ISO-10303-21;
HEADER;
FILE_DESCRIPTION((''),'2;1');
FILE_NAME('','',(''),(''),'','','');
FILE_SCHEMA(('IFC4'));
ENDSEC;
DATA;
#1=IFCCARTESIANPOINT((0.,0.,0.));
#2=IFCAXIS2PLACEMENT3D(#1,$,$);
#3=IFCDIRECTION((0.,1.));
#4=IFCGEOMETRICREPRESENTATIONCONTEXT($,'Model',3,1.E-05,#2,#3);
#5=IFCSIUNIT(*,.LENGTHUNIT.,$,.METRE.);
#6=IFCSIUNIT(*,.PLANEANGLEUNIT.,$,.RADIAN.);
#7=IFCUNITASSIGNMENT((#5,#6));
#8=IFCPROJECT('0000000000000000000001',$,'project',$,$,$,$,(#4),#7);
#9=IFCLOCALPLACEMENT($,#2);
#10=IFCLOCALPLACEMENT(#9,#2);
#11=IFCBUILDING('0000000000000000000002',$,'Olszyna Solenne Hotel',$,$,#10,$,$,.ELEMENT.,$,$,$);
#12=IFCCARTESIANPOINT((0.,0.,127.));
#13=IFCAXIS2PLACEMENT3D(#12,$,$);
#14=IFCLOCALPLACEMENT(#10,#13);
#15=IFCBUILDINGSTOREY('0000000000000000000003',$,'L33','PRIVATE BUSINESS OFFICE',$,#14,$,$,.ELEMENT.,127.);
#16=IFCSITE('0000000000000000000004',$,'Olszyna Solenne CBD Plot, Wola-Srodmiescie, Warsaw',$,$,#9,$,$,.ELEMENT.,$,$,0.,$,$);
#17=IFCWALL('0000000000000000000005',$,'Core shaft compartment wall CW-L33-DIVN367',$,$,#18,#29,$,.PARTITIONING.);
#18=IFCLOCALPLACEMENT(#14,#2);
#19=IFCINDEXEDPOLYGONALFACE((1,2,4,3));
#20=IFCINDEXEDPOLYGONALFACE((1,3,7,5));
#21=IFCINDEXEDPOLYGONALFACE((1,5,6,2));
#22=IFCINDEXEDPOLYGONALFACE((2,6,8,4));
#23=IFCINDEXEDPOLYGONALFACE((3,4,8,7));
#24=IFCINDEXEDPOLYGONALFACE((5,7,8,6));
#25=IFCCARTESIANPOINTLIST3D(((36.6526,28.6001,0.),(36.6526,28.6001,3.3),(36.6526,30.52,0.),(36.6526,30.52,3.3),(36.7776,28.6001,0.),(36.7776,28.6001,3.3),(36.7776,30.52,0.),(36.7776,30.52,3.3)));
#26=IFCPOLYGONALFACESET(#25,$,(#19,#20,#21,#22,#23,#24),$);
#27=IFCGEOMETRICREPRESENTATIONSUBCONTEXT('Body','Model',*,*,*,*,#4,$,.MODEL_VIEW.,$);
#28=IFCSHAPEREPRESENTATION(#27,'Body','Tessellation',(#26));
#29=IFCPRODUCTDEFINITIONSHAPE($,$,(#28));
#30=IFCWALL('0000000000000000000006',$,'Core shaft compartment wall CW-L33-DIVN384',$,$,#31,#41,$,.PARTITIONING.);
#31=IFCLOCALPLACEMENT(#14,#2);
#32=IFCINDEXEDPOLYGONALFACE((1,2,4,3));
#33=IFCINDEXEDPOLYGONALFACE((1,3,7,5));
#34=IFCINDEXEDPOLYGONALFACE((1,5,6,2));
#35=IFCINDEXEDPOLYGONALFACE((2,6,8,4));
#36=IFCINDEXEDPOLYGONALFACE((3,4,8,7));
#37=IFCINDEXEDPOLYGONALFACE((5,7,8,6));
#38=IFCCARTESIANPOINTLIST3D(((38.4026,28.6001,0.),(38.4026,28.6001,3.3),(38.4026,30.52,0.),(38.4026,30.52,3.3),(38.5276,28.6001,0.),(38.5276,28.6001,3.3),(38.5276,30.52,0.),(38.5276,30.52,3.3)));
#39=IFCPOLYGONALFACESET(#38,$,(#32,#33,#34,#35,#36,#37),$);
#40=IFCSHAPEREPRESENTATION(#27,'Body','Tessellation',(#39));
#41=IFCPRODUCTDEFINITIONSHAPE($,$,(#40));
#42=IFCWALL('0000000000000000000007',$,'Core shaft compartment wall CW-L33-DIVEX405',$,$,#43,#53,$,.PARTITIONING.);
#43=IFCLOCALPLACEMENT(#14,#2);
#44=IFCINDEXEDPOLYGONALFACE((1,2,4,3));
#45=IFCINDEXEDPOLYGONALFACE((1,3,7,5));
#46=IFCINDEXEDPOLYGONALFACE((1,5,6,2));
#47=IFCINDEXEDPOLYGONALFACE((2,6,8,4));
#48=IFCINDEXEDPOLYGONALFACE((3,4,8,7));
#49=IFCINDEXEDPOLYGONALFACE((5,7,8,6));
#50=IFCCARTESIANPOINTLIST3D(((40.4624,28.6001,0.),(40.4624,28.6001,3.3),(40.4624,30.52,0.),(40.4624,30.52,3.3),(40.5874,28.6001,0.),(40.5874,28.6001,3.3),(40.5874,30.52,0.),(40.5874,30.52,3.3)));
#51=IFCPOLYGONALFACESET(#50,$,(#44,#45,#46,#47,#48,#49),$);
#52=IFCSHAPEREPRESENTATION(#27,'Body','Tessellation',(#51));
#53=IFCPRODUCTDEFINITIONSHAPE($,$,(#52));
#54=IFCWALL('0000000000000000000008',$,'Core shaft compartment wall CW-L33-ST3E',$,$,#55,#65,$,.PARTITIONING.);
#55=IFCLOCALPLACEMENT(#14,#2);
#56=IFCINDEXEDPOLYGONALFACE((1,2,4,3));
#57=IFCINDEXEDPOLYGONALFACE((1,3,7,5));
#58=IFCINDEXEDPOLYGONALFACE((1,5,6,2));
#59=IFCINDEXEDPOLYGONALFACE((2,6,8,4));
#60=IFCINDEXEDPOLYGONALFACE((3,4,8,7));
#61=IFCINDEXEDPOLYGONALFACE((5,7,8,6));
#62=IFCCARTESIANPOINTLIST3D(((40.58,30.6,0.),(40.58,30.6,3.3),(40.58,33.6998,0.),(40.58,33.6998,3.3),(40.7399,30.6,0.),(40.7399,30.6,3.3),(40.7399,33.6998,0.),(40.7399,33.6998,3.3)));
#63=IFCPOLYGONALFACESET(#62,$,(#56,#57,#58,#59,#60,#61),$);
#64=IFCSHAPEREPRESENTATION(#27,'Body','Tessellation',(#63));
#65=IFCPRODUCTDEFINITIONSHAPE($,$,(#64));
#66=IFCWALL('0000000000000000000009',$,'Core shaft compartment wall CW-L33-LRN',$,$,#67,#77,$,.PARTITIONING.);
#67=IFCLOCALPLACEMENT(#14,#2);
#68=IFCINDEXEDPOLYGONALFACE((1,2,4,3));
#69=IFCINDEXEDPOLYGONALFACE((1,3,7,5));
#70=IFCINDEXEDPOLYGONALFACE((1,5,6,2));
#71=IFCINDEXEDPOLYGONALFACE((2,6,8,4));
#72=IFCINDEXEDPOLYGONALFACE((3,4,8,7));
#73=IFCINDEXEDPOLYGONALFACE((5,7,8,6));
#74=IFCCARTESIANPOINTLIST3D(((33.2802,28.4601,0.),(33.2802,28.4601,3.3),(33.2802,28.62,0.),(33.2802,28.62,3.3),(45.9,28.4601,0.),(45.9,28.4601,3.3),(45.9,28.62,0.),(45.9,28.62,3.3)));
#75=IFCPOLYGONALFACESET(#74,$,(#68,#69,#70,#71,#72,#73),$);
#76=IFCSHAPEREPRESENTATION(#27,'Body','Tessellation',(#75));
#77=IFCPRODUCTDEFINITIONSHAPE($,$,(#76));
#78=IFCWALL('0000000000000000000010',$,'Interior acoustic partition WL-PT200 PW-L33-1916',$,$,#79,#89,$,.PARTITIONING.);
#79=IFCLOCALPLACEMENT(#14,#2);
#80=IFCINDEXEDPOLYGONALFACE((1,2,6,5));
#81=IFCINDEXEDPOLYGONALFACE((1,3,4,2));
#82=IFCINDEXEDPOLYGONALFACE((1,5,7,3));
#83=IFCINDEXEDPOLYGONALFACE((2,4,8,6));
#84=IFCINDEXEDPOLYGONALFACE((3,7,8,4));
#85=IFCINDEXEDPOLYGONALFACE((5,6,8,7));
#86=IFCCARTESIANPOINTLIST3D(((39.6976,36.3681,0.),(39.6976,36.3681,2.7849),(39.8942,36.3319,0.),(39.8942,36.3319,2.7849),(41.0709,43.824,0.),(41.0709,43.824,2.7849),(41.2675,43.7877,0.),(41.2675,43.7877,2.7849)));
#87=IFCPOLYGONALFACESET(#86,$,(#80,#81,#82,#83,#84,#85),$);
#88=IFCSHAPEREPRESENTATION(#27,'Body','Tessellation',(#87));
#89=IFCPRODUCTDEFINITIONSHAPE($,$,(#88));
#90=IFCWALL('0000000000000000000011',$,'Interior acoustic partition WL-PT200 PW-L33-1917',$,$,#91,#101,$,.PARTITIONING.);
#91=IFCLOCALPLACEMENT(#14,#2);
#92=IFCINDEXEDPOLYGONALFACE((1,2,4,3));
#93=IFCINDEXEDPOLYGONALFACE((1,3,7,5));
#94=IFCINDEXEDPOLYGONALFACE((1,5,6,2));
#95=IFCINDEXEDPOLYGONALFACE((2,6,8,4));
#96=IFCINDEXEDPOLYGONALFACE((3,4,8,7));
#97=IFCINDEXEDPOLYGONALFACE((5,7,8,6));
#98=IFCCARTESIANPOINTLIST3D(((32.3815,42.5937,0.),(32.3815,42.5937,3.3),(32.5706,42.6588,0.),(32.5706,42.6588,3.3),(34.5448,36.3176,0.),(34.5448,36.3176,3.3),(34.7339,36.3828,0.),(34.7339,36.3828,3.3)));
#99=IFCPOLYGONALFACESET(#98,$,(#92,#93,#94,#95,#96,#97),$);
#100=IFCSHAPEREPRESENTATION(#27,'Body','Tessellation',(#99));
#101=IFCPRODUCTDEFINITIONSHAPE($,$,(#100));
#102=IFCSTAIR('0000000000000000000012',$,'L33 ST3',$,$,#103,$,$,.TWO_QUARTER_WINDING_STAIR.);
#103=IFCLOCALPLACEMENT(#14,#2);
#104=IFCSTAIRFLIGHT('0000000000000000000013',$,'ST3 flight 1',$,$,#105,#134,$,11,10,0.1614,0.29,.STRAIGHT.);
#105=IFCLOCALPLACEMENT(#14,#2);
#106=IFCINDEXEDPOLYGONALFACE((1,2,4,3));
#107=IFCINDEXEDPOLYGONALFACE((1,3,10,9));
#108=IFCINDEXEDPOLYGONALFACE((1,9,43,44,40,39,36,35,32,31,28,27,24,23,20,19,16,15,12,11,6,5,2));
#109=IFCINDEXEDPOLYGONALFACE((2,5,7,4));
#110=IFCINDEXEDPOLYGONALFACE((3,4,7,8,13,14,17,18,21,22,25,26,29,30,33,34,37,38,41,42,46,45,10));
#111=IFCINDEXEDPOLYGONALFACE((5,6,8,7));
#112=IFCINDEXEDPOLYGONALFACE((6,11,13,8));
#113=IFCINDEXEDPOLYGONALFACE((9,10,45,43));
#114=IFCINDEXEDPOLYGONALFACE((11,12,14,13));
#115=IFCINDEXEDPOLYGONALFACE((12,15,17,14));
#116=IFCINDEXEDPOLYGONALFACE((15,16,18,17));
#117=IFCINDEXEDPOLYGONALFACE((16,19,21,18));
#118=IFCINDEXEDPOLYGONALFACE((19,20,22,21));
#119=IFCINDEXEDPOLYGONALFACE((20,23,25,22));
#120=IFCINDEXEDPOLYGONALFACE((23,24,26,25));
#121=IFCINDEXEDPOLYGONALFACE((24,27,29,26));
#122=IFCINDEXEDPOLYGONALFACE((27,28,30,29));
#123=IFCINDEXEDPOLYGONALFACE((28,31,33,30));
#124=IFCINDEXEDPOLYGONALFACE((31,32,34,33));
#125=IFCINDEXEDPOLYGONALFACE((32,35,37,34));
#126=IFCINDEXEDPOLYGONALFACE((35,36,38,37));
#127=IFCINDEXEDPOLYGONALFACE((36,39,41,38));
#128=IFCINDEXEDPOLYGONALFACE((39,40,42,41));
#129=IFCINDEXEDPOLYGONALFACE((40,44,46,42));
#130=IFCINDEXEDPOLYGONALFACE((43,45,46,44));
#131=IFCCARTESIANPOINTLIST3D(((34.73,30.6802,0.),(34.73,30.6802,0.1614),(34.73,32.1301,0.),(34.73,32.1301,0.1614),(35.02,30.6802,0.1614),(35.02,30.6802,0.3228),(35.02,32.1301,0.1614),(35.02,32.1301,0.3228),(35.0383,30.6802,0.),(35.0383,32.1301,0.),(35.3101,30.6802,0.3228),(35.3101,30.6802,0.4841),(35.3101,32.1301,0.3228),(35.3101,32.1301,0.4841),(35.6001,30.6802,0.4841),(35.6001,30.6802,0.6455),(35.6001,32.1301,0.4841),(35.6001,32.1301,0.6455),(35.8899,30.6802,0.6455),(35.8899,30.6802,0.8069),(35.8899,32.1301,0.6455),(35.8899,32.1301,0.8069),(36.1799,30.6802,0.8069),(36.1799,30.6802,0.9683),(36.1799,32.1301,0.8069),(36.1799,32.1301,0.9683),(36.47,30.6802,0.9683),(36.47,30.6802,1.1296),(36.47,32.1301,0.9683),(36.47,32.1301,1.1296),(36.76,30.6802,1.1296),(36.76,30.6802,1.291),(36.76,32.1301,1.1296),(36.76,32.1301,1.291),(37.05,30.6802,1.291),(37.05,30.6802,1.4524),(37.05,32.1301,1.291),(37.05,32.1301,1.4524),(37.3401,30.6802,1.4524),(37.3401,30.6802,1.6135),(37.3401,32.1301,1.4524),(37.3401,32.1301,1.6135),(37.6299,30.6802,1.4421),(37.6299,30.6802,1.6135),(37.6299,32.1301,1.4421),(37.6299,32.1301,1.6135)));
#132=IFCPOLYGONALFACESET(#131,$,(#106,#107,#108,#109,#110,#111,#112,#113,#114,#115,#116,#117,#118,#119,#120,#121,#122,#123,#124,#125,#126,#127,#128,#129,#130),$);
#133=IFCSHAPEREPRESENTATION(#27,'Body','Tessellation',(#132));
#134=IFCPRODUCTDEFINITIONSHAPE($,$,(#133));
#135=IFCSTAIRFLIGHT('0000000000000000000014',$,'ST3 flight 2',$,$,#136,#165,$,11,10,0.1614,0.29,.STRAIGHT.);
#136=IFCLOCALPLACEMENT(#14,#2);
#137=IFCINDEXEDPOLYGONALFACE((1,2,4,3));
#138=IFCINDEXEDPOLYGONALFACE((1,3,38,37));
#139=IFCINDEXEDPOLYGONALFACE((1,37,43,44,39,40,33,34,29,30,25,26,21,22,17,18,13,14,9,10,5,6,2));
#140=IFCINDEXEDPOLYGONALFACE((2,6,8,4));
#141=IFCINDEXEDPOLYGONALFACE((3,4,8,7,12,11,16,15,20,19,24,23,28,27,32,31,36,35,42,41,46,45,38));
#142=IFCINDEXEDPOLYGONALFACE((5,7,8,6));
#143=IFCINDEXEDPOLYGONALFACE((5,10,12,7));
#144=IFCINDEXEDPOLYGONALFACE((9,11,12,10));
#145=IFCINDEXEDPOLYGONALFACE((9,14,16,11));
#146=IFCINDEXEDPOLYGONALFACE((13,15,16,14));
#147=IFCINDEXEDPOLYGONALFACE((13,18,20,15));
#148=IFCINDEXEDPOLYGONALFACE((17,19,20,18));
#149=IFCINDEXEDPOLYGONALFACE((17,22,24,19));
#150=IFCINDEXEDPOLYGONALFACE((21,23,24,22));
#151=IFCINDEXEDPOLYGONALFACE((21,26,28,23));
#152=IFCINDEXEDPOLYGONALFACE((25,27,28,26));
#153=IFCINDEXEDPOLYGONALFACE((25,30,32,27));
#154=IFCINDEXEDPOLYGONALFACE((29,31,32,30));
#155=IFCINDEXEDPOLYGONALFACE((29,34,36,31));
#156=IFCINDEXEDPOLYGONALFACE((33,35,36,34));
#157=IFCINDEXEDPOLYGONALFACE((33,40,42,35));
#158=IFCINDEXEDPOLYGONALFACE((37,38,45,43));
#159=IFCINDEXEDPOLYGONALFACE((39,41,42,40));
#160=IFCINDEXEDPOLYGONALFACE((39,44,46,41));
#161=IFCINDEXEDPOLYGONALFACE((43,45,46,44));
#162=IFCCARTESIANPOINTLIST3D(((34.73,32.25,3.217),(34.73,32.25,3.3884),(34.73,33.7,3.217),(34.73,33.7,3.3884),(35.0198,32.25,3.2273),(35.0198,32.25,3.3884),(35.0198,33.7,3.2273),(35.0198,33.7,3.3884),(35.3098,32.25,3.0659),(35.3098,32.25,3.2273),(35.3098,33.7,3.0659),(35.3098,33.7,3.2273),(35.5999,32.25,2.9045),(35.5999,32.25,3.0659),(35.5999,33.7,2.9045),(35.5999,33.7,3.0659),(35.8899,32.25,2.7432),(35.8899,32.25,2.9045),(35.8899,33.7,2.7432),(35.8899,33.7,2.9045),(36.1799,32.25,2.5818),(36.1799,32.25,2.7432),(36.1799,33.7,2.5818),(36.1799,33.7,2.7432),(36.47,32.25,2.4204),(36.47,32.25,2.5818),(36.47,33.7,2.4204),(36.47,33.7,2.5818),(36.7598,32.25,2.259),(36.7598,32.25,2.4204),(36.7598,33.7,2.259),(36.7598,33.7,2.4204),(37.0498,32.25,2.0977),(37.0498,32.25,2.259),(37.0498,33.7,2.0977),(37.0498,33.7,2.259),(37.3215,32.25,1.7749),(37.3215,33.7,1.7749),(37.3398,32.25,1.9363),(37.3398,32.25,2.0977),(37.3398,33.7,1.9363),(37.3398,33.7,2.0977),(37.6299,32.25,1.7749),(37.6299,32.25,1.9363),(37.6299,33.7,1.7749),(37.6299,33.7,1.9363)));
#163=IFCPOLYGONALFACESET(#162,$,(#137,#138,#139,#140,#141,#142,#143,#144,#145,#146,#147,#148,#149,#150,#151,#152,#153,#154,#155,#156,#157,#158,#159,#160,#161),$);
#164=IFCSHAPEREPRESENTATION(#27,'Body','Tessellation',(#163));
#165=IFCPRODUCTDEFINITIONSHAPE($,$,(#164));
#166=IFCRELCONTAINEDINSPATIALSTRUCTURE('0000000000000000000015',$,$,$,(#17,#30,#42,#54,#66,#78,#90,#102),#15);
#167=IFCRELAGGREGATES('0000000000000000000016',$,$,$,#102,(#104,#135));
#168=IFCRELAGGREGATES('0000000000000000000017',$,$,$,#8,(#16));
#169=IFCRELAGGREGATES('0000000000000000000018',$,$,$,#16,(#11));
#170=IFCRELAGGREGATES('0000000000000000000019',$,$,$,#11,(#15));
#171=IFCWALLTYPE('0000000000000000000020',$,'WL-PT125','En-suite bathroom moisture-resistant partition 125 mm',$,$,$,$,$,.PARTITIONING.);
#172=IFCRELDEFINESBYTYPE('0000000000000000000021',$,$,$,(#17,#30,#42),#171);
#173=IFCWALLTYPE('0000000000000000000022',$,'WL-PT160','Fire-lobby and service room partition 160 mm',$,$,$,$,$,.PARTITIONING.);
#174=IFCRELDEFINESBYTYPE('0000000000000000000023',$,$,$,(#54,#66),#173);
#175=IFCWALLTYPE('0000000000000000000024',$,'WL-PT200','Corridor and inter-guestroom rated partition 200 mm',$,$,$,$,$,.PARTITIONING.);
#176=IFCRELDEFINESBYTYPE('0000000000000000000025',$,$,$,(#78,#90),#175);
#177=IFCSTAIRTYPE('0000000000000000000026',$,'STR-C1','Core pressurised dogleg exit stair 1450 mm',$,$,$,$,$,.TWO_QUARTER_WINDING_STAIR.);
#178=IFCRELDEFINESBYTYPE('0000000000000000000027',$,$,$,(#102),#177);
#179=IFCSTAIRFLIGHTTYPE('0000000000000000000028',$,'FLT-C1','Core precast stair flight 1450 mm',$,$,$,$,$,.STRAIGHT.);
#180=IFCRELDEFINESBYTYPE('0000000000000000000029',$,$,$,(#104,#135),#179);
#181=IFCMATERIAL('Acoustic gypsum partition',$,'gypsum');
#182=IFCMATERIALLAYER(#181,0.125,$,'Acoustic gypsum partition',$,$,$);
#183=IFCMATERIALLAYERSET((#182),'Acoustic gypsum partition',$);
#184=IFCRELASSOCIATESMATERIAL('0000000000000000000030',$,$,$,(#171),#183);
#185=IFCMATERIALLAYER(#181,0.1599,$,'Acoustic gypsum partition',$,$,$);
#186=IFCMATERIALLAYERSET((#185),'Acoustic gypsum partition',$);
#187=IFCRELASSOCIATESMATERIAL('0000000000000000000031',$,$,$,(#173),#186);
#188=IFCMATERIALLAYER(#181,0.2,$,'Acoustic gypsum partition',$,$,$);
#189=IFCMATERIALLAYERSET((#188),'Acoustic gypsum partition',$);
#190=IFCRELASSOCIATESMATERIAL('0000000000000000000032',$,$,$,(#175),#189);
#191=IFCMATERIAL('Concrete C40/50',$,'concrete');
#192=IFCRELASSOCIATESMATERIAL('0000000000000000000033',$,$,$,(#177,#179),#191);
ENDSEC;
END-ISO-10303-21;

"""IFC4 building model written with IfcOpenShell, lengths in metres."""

from ifc_helpers import new_model, si_unit, direction, frame, frame_2d, origin, place, context, subcontext, project, spatial, polyline, rectangle, outline, extrude, material, layer, layer_set, type_object, element, aggregate, save


model = new_model("IFC4")

# Units and contexts
model_context = context("Model", 3, precision=1e-05, world=origin(), true_north=direction((0.0, 1.0)))
body_context = subcontext(model_context, "Body", "Model", "MODEL_VIEW")
ifc_project = project(units=[si_unit("LENGTHUNIT", "METRE"), si_unit("PLANEANGLEUNIT", "RADIAN")], contexts=[model_context])

# Site, building, storey
site_placement = place(None, origin())
site = spatial("IfcSite", under=ifc_project, at=site_placement, Name="Olszyna Solenne CBD Plot, Wola-Srodmiescie, Warsaw", CompositionType="ELEMENT", RefElevation=0.0)
building_placement = place(site_placement, origin())
building = spatial("IfcBuilding", under=site, at=building_placement, Name="Olszyna Solenne Hotel", CompositionType="ELEMENT")
storey_placement = place(building_placement, frame((0.0, 0.0, 127.0)))
storey = spatial("IfcBuildingStorey", under=building, at=storey_placement, Name="L33", Description="PRIVATE BUSINESS OFFICE", CompositionType="ELEMENT", Elevation=127.0)

# Walls
ifc_material_1 = material(Name="Acoustic gypsum partition", Category="gypsum")
ifc_layer_1 = layer(ifc_material_1, 0.125, Name="Acoustic gypsum partition")
ifc_layer_set_1 = layer_set([ifc_layer_1], Name="Acoustic gypsum partition")
wall_type_1 = type_object("IfcWallType", Name="WL-PT125", Description="En-suite bathroom moisture-resistant partition 125 mm", PredefinedType="PARTITIONING", material=ifc_layer_set_1)
for number, where, z_axis, x_axis, name in (
    (1, (36.7151, 28.6001, 0.0), (0.0, 0.0, 1.0), (0.0, 1.0, 0.0), "Core shaft compartment wall CW-L33-DIVN367"),
    (2, (38.4651, 28.6001, 0.0), (0.0, 0.0, 1.0), (0.0, 1.0, 0.0), "Core shaft compartment wall CW-L33-DIVN384"),
    (3, (40.5249, 28.6001, 0.0), (0.0, 0.0, 1.0), (0.0, 1.0, 0.0), "Core shaft compartment wall CW-L33-DIVEX405"),
):
    element("IfcWall", number, at=place(storey_placement, frame(where, z_axis=z_axis, x_axis=x_axis)), inside=storey, type_object=wall_type_1, Name=name, PredefinedType="PARTITIONING", context=body_context, shape_type="SweptSolid", body=[
        extrude(rectangle(XDim=1.9199, YDim=0.125, at=frame_2d((0.96, 0.0))), origin(), (0.0, 0.0, 1.0), 3.3),
    ])
ifc_layer_2 = layer(ifc_material_1, 0.1599, Name="Acoustic gypsum partition")
ifc_layer_set_2 = layer_set([ifc_layer_2], Name="Acoustic gypsum partition")
wall_type_2 = type_object("IfcWallType", Name="WL-PT160", Description="Fire-lobby and service room partition 160 mm", PredefinedType="PARTITIONING", material=ifc_layer_set_2)
wall_1_placement = place(storey_placement, frame((40.6599, 30.6001, 0.0), z_axis=(0.0, 0.0, 1.0), x_axis=(0.0, 1.0, 0.0)))
element("IfcWall", 4, at=wall_1_placement, inside=storey, type_object=wall_type_2, Name="Core shaft compartment wall CW-L33-ST3E", PredefinedType="PARTITIONING", context=body_context, shape_type="SweptSolid", body=[
    extrude(rectangle(XDim=3.0999, YDim=0.1599, at=frame_2d((1.5498, 0.0))), origin(), (0.0, 0.0, 1.0), 3.3),
])
wall_2_placement = place(storey_placement, frame((33.28, 28.54, 0.0), z_axis=(0.0, 0.0, 1.0), x_axis=(1.0, 0.0, 0.0)))
element("IfcWall", 5, at=wall_2_placement, inside=storey, type_object=wall_type_2, Name="Core shaft compartment wall CW-L33-LRN", PredefinedType="PARTITIONING", context=body_context, shape_type="SweptSolid", body=[
    extrude(rectangle(XDim=12.6199, YDim=0.1599, at=frame_2d((6.3101, 0.0))), origin(), (0.0, 0.0, 1.0), 3.3),
])
ifc_layer_3 = layer(ifc_material_1, 0.2, Name="Acoustic gypsum partition")
ifc_layer_set_3 = layer_set([ifc_layer_3], Name="Acoustic gypsum partition")
wall_type_3 = type_object("IfcWallType", Name="WL-PT200", Description="Corridor and inter-guestroom rated partition 200 mm", PredefinedType="PARTITIONING", material=ifc_layer_set_3)
wall_3_placement = place(storey_placement, frame((39.7959, 36.3501, 0.0), z_axis=(0.0, 0.0, 1.0), x_axis=(0.181144, 0.983457, 0.0)))
element("IfcWall", 6, at=wall_3_placement, inside=storey, type_object=wall_type_3, Name="Interior acoustic partition WL-PT200 PW-L33-1916", PredefinedType="PARTITIONING", context=body_context, shape_type="SweptSolid", body=[
    extrude(rectangle(XDim=7.5813, YDim=0.2, at=frame_2d((3.7905, 0.0))), origin(), (0.0, 0.0, 1.0), 2.7849),
])
wall_4_placement = place(storey_placement, frame((34.6394, 36.3501, 0.0), z_axis=(0.0, 0.0, 1.0), x_axis=(-0.325876, 0.945412, 0.0)))
element("IfcWall", 7, at=wall_4_placement, inside=storey, type_object=wall_type_3, Name="Interior acoustic partition WL-PT200 PW-L33-1917", PredefinedType="PARTITIONING", context=body_context, shape_type="SweptSolid", body=[
    extrude(rectangle(XDim=6.6384, YDim=0.2, at=frame_2d((3.3193, 0.0))), origin(), (0.0, 0.0, 1.0), 3.3),
])

# Stair, stair flights
ifc_material_2 = material(Name="Concrete C40/50", Category="concrete")
stair_type = type_object("IfcStairType", Name="STR-C1", Description="Core pressurised dogleg exit stair 1450 mm", PredefinedType="TWO_QUARTER_WINDING_STAIR", material=ifc_material_2)
stair_placement = place(storey_placement, origin())
stair = element("IfcStair", 8, at=stair_placement, inside=storey, type_object=stair_type, Name="L33 ST3", PredefinedType="TWO_QUARTER_WINDING_STAIR")
stair_flight_type = type_object("IfcStairFlightType", Name="FLT-C1", Description="Core precast stair flight 1450 mm", PredefinedType="STRAIGHT", material=ifc_material_2)
stair_flight_1_placement = place(storey_placement, frame((34.73, 31.405, 0.0), z_axis=(0.0, 0.0, 1.0), x_axis=(1.0, 0.0, 0.0)))
stair_flight_1 = element("IfcStairFlight", 9, at=stair_flight_1_placement, type_object=stair_flight_type, Name="ST3 flight 1", NumberOfRisers=11, NumberOfTreads=10, PredefinedType="STRAIGHT", RiserHeight=0.1614, TreadLength=0.29, context=body_context, shape_type="SweptSolid", body=[
    extrude(outline(polyline([(0.0, 0.0), (0.0, 0.1614), (0.29, 0.1614), (0.29, 0.3228), (0.5801, 0.3228), (0.5801, 0.4841), (0.8701, 0.4841), (0.8701, 0.6455), (1.1599, 0.6455), (1.1599, 0.8069), (1.45, 0.8069), (1.45, 0.9683), (1.74, 0.9683), (1.74, 1.1296), (2.03, 1.1296), (2.03, 1.291), (2.3201, 1.291), (2.3201, 1.4524), (2.6101, 1.4524), (2.6101, 1.6135), (2.8999, 1.6135), (2.8999, 1.7749), (2.8999, 1.4421), (0.3083, 0.0), (0.0, 0.0)])), frame((0.0, 0.7251, 0.0), z_axis=(0.0, -1.0, 0.0), x_axis=(1.0, 0.0, 0.0)), (0.0, 0.0, 1.0), 1.45),
])
stair_flight_2_placement = place(storey_placement, frame((37.6299, 32.9751, 1.7749), z_axis=(0.0, 0.0, 1.0), x_axis=(-1.0, 0.0, 0.0)))
stair_flight_2 = element("IfcStairFlight", 10, at=stair_flight_2_placement, type_object=stair_flight_type, Name="ST3 flight 2", NumberOfRisers=11, NumberOfTreads=10, PredefinedType="STRAIGHT", RiserHeight=0.1614, TreadLength=0.29, context=body_context, shape_type="SweptSolid", body=[
    extrude(outline(polyline([(0.0, 0.0), (0.0, 0.1614), (0.29, 0.1614), (0.29, 0.3228), (0.5801, 0.3228), (0.5801, 0.4841), (0.8701, 0.4841), (0.8701, 0.6455), (1.1599, 0.6455), (1.1599, 0.8069), (1.45, 0.8069), (1.45, 0.9683), (1.74, 0.9683), (1.74, 1.1296), (2.03, 1.1296), (2.03, 1.291), (2.3201, 1.291), (2.3201, 1.4524), (2.6101, 1.4524), (2.6101, 1.6135), (2.8999, 1.6135), (2.8999, 1.7749), (2.8999, 1.4421), (0.3083, 0.0), (0.0, 0.0)])), frame((0.0, 0.7251, 0.0), z_axis=(0.0, -1.0, 0.0), x_axis=(1.0, 0.0, 0.0)), (0.0, 0.0, 1.0), 1.45),
])
aggregate(stair, [stair_flight_1, stair_flight_2])

save(model, "model.ifc")
